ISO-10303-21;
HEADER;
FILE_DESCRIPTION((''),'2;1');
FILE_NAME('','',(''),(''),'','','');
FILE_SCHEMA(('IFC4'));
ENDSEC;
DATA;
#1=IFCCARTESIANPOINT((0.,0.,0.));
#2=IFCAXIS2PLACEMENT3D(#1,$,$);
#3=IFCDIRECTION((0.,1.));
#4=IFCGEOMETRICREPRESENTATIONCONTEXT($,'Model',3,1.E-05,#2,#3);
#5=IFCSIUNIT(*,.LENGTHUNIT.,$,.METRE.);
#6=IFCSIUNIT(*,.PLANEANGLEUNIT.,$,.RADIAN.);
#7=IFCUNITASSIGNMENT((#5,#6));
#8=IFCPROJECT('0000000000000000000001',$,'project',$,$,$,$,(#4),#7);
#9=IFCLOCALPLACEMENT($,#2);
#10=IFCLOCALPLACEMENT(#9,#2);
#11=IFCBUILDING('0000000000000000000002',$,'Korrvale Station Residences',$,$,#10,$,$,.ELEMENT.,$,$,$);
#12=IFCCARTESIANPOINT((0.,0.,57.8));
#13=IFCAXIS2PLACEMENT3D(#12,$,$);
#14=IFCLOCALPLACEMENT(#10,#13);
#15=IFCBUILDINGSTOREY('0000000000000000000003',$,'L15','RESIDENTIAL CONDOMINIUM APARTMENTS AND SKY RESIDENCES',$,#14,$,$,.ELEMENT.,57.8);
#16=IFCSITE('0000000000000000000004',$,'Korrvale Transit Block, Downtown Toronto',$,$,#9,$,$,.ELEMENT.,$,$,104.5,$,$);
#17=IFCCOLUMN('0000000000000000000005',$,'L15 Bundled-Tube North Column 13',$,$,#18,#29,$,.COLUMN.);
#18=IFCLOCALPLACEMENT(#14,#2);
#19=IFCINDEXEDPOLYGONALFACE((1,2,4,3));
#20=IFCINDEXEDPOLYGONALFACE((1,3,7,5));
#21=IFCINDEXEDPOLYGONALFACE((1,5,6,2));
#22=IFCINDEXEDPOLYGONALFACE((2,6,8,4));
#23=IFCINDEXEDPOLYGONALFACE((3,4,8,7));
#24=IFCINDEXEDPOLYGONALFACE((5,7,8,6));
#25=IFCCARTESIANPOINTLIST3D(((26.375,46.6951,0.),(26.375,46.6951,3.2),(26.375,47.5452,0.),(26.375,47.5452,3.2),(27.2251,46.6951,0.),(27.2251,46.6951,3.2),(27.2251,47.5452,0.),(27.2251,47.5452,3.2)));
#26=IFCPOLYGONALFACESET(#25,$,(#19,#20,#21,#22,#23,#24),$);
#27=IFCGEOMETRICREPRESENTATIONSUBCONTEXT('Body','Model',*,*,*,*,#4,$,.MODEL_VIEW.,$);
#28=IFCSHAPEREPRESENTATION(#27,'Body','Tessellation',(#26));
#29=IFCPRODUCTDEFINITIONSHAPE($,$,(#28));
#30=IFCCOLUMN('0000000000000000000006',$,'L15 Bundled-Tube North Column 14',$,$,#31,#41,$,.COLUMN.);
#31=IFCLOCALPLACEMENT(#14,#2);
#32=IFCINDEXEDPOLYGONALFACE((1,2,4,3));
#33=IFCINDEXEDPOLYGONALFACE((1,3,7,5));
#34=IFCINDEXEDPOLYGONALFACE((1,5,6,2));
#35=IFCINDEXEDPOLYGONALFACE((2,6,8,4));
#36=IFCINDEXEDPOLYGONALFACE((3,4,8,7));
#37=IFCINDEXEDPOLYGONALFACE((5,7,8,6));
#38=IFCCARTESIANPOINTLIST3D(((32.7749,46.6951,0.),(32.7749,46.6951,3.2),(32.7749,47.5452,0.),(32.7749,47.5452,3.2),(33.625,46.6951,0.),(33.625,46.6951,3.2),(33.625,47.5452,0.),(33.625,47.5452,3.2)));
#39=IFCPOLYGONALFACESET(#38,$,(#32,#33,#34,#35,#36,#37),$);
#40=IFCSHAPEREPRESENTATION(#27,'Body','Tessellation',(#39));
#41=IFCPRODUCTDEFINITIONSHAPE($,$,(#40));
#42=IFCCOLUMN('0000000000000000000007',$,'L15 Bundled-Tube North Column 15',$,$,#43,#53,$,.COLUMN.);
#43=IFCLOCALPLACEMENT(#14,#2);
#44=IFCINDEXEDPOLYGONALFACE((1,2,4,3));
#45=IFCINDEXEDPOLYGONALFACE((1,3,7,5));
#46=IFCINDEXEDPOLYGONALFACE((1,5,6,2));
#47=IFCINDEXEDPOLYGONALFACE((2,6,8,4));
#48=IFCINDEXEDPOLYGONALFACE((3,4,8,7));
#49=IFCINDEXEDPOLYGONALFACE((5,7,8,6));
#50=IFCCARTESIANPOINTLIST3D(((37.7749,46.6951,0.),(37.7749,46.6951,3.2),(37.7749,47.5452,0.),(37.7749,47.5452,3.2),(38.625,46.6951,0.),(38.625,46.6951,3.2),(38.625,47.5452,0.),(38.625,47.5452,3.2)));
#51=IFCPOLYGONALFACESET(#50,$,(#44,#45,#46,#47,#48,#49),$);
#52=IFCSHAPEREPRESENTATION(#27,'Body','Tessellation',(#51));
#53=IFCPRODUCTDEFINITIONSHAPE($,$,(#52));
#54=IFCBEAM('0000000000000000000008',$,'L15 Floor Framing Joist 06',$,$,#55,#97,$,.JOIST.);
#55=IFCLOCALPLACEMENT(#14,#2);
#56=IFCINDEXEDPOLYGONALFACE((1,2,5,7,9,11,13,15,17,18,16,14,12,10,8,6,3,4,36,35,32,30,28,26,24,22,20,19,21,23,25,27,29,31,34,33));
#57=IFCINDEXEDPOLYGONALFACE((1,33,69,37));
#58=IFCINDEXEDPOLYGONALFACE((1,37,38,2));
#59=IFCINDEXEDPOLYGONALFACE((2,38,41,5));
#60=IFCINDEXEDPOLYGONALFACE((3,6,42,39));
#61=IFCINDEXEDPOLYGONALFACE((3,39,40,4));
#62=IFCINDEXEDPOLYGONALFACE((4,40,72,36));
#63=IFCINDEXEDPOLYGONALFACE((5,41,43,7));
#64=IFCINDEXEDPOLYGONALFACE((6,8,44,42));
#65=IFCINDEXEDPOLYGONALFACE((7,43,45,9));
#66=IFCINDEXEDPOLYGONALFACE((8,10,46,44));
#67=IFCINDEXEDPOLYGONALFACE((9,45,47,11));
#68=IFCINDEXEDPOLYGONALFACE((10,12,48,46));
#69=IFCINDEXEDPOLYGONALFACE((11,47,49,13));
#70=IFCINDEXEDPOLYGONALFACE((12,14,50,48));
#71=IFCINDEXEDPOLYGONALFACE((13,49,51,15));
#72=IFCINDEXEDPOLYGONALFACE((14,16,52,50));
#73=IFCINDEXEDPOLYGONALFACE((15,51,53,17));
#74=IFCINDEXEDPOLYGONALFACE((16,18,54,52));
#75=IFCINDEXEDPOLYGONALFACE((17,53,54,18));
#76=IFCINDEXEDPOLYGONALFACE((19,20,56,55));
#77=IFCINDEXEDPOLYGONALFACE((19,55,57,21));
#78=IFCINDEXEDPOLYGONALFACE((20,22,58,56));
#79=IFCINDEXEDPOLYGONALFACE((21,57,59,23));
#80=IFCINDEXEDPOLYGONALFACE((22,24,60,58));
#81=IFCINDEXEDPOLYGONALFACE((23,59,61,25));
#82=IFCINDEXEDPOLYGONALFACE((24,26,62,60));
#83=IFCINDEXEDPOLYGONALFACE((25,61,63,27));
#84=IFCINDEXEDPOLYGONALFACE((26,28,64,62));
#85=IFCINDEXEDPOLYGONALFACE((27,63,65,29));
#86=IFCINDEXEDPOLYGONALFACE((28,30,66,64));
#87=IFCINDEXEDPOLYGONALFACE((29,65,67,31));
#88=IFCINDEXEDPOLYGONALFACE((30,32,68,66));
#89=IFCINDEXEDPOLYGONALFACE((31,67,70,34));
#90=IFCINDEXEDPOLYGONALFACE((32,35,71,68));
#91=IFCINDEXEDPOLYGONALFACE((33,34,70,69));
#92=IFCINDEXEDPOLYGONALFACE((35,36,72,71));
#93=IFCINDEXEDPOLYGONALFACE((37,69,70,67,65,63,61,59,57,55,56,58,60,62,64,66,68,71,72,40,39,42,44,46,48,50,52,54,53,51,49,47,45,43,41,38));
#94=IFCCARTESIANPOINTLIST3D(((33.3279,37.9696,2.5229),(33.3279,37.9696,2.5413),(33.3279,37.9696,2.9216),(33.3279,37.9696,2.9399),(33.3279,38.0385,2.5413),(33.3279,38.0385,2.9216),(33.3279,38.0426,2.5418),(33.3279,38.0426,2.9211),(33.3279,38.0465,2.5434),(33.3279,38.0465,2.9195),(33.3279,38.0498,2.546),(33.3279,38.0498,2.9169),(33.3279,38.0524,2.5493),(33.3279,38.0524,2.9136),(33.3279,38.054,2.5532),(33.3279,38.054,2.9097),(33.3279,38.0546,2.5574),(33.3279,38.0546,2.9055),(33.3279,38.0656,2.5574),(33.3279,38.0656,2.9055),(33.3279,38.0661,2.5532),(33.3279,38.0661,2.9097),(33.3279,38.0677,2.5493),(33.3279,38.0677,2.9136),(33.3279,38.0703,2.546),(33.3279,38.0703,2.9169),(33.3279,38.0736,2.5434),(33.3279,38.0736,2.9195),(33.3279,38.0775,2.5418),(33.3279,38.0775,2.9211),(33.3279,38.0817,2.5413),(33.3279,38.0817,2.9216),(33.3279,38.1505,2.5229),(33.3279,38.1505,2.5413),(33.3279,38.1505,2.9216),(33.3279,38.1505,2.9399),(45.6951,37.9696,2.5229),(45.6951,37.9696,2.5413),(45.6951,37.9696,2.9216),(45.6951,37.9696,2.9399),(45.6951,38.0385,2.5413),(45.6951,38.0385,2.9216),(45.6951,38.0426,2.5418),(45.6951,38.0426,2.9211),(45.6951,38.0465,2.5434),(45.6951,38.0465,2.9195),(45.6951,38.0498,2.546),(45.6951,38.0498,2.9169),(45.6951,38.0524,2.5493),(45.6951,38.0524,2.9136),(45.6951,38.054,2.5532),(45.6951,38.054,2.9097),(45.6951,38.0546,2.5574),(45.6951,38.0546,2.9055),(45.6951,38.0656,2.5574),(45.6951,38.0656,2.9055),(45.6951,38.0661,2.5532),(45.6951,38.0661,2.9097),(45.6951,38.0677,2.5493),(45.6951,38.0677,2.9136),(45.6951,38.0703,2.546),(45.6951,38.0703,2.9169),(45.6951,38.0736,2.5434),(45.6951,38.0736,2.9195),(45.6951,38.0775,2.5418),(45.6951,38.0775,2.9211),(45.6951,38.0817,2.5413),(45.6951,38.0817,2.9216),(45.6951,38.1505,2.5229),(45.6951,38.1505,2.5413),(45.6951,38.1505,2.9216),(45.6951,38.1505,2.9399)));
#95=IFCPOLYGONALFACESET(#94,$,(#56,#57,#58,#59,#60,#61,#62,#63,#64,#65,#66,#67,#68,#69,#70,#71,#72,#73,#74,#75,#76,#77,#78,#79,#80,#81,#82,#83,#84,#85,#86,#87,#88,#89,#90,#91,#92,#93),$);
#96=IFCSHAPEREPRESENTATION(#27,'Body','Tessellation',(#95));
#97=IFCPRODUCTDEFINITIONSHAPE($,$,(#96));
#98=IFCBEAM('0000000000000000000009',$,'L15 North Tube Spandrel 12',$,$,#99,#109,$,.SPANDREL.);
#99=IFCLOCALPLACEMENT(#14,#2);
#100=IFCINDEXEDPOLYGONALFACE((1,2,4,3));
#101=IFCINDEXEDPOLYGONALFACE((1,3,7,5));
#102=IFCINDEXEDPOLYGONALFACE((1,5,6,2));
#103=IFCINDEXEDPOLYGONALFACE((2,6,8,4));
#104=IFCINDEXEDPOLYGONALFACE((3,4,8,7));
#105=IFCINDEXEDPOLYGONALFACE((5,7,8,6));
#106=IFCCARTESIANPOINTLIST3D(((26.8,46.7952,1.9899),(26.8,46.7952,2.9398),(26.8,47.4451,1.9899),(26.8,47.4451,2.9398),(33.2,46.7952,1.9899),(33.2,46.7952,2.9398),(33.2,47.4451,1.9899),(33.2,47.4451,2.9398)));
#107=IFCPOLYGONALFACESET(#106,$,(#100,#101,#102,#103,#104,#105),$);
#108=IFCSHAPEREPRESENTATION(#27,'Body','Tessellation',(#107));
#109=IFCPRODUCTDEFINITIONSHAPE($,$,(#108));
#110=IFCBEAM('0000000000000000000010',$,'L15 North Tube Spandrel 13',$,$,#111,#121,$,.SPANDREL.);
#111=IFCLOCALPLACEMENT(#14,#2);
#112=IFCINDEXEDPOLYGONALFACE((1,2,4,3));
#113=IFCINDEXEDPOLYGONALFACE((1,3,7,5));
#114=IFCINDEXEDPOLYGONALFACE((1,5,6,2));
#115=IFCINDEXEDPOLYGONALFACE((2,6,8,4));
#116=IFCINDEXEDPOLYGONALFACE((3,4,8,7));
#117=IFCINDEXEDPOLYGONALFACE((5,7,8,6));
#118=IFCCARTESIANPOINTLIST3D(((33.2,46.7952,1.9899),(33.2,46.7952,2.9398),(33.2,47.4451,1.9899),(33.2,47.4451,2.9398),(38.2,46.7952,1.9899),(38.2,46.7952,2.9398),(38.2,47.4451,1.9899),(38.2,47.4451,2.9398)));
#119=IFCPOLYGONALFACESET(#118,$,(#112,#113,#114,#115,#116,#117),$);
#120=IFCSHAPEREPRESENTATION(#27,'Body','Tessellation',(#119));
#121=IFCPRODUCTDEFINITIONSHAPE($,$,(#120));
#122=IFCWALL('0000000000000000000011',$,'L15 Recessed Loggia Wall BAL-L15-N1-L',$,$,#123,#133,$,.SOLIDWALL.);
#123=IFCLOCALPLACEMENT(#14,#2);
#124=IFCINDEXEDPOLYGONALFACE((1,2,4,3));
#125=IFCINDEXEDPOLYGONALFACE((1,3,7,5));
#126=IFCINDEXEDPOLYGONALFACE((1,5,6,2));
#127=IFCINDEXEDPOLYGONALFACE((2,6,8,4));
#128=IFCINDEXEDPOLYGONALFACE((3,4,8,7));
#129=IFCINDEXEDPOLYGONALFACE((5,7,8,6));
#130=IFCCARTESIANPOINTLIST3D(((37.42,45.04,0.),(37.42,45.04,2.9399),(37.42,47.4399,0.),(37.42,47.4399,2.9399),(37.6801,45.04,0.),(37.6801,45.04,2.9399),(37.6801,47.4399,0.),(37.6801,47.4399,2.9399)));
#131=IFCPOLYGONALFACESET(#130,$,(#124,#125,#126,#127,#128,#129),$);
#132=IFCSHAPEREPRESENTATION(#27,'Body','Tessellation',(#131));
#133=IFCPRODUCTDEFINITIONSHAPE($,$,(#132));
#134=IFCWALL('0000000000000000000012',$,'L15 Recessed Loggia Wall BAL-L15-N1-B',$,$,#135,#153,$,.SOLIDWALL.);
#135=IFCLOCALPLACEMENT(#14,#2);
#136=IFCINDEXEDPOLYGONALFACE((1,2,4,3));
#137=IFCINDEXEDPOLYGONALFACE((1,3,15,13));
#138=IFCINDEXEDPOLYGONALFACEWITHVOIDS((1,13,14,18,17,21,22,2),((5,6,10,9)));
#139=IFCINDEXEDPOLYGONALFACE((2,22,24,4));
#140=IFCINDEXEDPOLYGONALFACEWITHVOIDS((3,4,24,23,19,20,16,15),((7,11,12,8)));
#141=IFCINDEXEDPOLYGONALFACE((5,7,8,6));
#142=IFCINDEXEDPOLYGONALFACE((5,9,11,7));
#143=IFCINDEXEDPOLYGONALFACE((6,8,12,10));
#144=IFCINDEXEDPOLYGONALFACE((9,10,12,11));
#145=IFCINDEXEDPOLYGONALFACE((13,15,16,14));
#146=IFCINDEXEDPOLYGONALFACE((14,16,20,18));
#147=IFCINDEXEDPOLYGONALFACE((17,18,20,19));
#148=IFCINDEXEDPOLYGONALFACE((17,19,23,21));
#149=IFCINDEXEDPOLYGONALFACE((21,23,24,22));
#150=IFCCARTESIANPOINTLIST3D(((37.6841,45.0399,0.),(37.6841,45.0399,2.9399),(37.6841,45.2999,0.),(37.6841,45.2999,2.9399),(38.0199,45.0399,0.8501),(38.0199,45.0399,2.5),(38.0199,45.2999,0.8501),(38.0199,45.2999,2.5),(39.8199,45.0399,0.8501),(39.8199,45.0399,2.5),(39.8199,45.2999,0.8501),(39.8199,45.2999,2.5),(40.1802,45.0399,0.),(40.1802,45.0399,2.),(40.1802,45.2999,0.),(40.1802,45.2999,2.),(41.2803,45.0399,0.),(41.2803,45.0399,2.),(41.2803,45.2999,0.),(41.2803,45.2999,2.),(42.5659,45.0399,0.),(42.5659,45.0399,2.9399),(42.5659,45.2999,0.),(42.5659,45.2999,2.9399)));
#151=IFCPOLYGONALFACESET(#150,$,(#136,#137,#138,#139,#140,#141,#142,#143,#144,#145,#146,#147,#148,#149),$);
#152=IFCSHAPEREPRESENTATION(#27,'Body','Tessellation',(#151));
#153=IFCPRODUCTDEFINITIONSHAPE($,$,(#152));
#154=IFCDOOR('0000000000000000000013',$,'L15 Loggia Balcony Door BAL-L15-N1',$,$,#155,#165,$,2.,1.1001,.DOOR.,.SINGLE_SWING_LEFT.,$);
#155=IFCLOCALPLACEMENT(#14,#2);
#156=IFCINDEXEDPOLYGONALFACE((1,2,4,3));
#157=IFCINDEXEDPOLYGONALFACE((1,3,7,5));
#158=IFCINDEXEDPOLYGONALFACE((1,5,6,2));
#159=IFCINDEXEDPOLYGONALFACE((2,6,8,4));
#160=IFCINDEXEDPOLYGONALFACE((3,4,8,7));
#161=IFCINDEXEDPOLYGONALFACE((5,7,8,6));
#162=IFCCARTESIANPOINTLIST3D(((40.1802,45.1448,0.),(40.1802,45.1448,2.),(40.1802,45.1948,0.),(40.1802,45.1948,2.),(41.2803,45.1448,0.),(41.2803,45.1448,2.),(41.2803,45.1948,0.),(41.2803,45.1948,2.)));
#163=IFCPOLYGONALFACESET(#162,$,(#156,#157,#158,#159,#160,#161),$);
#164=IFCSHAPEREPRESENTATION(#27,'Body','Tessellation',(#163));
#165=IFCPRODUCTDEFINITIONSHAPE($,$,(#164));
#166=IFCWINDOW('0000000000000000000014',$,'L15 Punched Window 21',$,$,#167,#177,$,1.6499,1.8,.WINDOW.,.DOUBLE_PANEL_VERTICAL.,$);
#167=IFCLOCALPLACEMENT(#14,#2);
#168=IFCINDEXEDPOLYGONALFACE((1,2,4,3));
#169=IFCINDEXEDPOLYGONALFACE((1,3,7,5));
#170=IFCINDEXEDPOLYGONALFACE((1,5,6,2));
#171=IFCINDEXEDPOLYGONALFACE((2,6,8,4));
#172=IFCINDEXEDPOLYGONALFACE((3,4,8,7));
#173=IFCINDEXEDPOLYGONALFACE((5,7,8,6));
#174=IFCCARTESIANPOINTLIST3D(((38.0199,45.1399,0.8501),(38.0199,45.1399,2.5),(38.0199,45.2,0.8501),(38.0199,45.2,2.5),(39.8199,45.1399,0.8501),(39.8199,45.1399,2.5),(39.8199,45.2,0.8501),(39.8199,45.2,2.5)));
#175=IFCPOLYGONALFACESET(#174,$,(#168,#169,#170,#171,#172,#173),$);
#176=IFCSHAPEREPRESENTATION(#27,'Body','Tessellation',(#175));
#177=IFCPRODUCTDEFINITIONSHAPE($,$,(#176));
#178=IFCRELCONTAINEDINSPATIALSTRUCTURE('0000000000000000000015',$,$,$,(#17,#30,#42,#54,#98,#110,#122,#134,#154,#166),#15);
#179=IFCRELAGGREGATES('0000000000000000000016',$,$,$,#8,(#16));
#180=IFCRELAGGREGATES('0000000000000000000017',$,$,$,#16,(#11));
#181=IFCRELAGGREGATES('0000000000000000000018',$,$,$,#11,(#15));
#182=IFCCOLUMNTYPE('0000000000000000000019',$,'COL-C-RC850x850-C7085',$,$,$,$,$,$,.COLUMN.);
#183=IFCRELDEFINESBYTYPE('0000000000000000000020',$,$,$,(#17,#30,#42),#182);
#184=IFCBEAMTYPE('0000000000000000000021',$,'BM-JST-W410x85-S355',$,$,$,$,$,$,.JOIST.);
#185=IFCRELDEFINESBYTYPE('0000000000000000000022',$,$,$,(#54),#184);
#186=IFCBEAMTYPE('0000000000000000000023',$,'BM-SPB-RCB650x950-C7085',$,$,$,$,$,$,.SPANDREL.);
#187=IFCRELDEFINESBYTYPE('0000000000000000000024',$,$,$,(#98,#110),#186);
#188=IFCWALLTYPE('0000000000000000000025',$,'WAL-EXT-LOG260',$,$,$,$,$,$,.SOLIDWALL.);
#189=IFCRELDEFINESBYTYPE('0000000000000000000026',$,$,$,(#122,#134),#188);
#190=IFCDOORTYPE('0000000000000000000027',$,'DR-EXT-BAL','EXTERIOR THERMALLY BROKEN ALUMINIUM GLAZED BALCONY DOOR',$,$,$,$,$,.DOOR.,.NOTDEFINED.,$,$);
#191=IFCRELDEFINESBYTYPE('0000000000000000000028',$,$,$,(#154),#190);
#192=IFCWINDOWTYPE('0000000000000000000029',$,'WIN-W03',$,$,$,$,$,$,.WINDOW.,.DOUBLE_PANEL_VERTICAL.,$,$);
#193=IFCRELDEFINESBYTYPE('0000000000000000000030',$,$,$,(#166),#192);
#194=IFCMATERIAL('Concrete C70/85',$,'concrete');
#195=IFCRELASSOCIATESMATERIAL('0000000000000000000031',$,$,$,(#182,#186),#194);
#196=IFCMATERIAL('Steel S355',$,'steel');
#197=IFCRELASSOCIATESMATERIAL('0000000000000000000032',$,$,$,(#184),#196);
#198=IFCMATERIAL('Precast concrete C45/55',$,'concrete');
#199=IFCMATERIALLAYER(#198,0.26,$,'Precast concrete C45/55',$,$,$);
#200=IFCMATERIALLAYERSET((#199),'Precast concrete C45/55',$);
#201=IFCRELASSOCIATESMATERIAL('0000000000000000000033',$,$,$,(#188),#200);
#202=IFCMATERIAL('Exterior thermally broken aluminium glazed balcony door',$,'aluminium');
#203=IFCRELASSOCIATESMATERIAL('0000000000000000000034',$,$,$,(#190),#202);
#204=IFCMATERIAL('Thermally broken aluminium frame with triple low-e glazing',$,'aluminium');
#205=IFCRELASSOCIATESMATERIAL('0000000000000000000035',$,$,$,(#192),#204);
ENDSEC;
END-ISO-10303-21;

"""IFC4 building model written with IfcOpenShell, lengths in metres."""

from ifc_helpers import new_model, si_unit, direction, frame, frame_2d, origin, origin_2d, place, context, subcontext, project, spatial, rectangle, i_section, extrude, material, layer, layer_set, material_profile, profile_set, type_object, element, fill, save


model = new_model("IFC4")

# Units and contexts
model_context = context("Model", 3, precision=1e-05, world=origin(), true_north=direction((0.0, 1.0)))
body_context = subcontext(model_context, "Body", "Model", "MODEL_VIEW")
ifc_project = project(units=[si_unit("LENGTHUNIT", "METRE"), si_unit("PLANEANGLEUNIT", "RADIAN")], contexts=[model_context])

# Site, building, storey
site_placement = place(None, origin())
site = spatial("IfcSite", under=ifc_project, at=site_placement, Name="Korrvale Transit Block, Downtown Toronto", CompositionType="ELEMENT", RefElevation=104.5)
building_placement = place(site_placement, origin())
building = spatial("IfcBuilding", under=site, at=building_placement, Name="Korrvale Station Residences", CompositionType="ELEMENT")
storey_placement = place(building_placement, frame((0.0, 0.0, 57.8)))
storey = spatial("IfcBuildingStorey", under=building, at=storey_placement, Name="L15", Description="RESIDENTIAL CONDOMINIUM APARTMENTS AND SKY RESIDENCES", CompositionType="ELEMENT", Elevation=57.8)

# Columns
ifc_material_1 = material(Name="Concrete C70/85", Category="concrete")
ifc_material_profile_1 = material_profile(ifc_material_1, rectangle(XDim=0.8501, YDim=0.8501, at=origin_2d()), Name="RC850x850")
ifc_profile_set_1 = profile_set([ifc_material_profile_1], Name="Concrete C70/85")
column_type = type_object("IfcColumnType", Name="COL-C-RC850x850-C7085", PredefinedType="COLUMN", material=ifc_profile_set_1)
for number, where, z_axis, x_axis, name in (
    (1, (26.8, 47.1201, 0.0), (0.0, 0.0, 1.0), (1.0, 0.0, 0.0), "L15 Bundled-Tube North Column 13"),
    (2, (33.2, 47.1201, 0.0), (0.0, 0.0, 1.0), (1.0, 0.0, 0.0), "L15 Bundled-Tube North Column 14"),
    (3, (38.2, 47.1201, 0.0), (0.0, 0.0, 1.0), (1.0, 0.0, 0.0), "L15 Bundled-Tube North Column 15"),
):
    element("IfcColumn", number, at=place(storey_placement, frame(where, z_axis=z_axis, x_axis=x_axis)), inside=storey, type_object=column_type, Name=name, PredefinedType="COLUMN", context=body_context, shape_type="SweptSolid", body=[
        extrude(rectangle(XDim=0.8501, YDim=0.8501, at=origin_2d()), origin(), (0.0, 0.0, 1.0), 3.2),
    ])

# Beams
ifc_material_2 = material(Name="Steel S355", Category="steel")
ifc_material_profile_2 = material_profile(ifc_material_2, i_section(OverallWidth=0.1809, OverallDepth=0.417, WebThickness=0.011, FlangeThickness=0.0183, FilletRadius=0.0161, at=origin_2d()), Name="W410x85")
ifc_profile_set_2 = profile_set([ifc_material_profile_2], Name="Steel S355")
beam_type_1 = type_object("IfcBeamType", Name="BM-JST-W410x85-S355", PredefinedType="JOIST", material=ifc_profile_set_2)
beam_1_placement = place(storey_placement, frame((33.3279, 38.0601, 2.7314), z_axis=(1.0, 0.0, 0.0), x_axis=(0.0, 1.0, 0.0)))
element("IfcBeam", 4, at=beam_1_placement, inside=storey, type_object=beam_type_1, Name="L15 Floor Framing Joist 06", PredefinedType="JOIST", context=body_context, shape_type="SweptSolid", body=[
    extrude(i_section(OverallWidth=0.1809, OverallDepth=0.417, WebThickness=0.011, FlangeThickness=0.0183, FilletRadius=0.0161, at=origin_2d()), origin(), (0.0, 0.0, 1.0), 12.3672),
])
ifc_material_profile_3 = material_profile(ifc_material_1, rectangle(XDim=0.6499, YDim=0.95, at=origin_2d()), Name="RCB650x950")
ifc_profile_set_3 = profile_set([ifc_material_profile_3], Name="Concrete C70/85")
beam_type_2 = type_object("IfcBeamType", Name="BM-SPB-RCB650x950-C7085", PredefinedType="SPANDREL", material=ifc_profile_set_3)
beam_2_placement = place(storey_placement, frame((26.8, 47.1201, 2.4648), z_axis=(1.0, 0.0, 0.0), x_axis=(0.0, 1.0, 0.0)))
element("IfcBeam", 5, at=beam_2_placement, inside=storey, type_object=beam_type_2, Name="L15 North Tube Spandrel 12", PredefinedType="SPANDREL", context=body_context, shape_type="SweptSolid", body=[
    extrude(rectangle(XDim=0.6499, YDim=0.95, at=origin_2d()), origin(), (0.0, 0.0, 1.0), 6.3999),
])
beam_3_placement = place(storey_placement, frame((33.2, 47.1201, 2.4648), z_axis=(1.0, 0.0, 0.0), x_axis=(0.0, 1.0, 0.0)))
element("IfcBeam", 6, at=beam_3_placement, inside=storey, type_object=beam_type_2, Name="L15 North Tube Spandrel 13", PredefinedType="SPANDREL", context=body_context, shape_type="SweptSolid", body=[
    extrude(rectangle(XDim=0.6499, YDim=0.95, at=origin_2d()), origin(), (0.0, 0.0, 1.0), 5.0),
])

# Wall
ifc_material_3 = material(Name="Precast concrete C45/55", Category="concrete")
ifc_layer_1 = layer(ifc_material_3, 0.26, Name="Precast concrete C45/55")
ifc_layer_set_1 = layer_set([ifc_layer_1], Name="Precast concrete C45/55")
wall_type_1 = type_object("IfcWallType", Name="WAL-EXT-LOG260", PredefinedType="SOLIDWALL", material=ifc_layer_set_1)
wall_1_placement = place(storey_placement, frame((37.55, 47.4399, 0.0), z_axis=(0.0, 0.0, 1.0), x_axis=(0.0, -1.0, 0.0)))
element("IfcWall", 7, at=wall_1_placement, inside=storey, type_object=wall_type_1, Name="L15 Recessed Loggia Wall BAL-L15-N1-L", PredefinedType="SOLIDWALL", context=body_context, shape_type="SweptSolid", body=[
    extrude(rectangle(XDim=2.3999, YDim=0.26, at=frame_2d((1.2, 0.0))), origin(), (0.0, 0.0, 1.0), 2.9399),
])

# Wall, openings, door, window
wall_2_placement = place(storey_placement, frame((37.6841, 45.1699, 0.0), z_axis=(0.0, 0.0, 1.0), x_axis=(1.0, 0.0, 0.0)))
wall_2 = element("IfcWall", 8, at=wall_2_placement, inside=storey, type_object=wall_type_1, Name="L15 Recessed Loggia Wall BAL-L15-N1-B", PredefinedType="SOLIDWALL", context=body_context, shape_type="SweptSolid", body=[
    extrude(rectangle(XDim=4.8818, YDim=0.26, at=frame_2d((2.4409, 0.0))), origin(), (0.0, 0.0, 1.0), 2.9399),
])
opening_1_placement = place(wall_2_placement, frame((2.4961, 0.0, 0.0)))
opening_1 = element("IfcOpeningElement", 9, at=opening_1_placement, cuts=wall_2, PredefinedType="OPENING", context=body_context, shape_type="SweptSolid", body=[
    extrude(rectangle(XDim=1.1001, YDim=2.0, at=frame_2d((0.55, 1.0))), frame((0.0, 0.1401, 0.0), z_axis=(0.0, -1.0, 0.0), x_axis=(1.0, 0.0, 0.0)), (0.0, 0.0, 1.0), 0.28),
])
opening_2_placement = place(wall_2_placement, frame((0.3359, 0.0, 0.8501)))
opening_2 = element("IfcOpeningElement", 10, at=opening_2_placement, cuts=wall_2, PredefinedType="OPENING", context=body_context, shape_type="SweptSolid", body=[
    extrude(rectangle(XDim=1.8, YDim=1.6499, at=frame_2d((0.8999, 0.825))), frame((0.0, 0.1401, 0.0), z_axis=(0.0, -1.0, 0.0), x_axis=(1.0, 0.0, 0.0)), (0.0, 0.0, 1.0), 0.28),
])
ifc_material_4 = material(Name="Exterior thermally broken aluminium glazed balcony door", Category="aluminium")
door_type_1 = type_object("IfcDoorType", Name="DR-EXT-BAL", Description="EXTERIOR THERMALLY BROKEN ALUMINIUM GLAZED BALCONY DOOR", OperationType="NOTDEFINED", PredefinedType="DOOR", material=ifc_material_4)
door_1_placement = place(opening_1_placement, origin())
door_1 = element("IfcDoor", 11, at=door_1_placement, inside=storey, type_object=door_type_1, Name="L15 Loggia Balcony Door BAL-L15-N1", OperationType="SINGLE_SWING_LEFT", OverallHeight=2.0, OverallWidth=1.1001, PredefinedType="DOOR", context=body_context, shape_type="SweptSolid", body=[
    extrude(rectangle(XDim=1.1001, YDim=2.0, at=frame_2d((0.55, 1.0))), frame((0.0, 0.0249, 0.0), z_axis=(0.0, -1.0, 0.0), x_axis=(1.0, 0.0, 0.0)), (0.0, 0.0, 1.0), 0.05),
])
fill(opening_1, door_1)
ifc_material_5 = material(Name="Thermally broken aluminium frame with triple low-e glazing", Category="aluminium")
window_type = type_object("IfcWindowType", Name="WIN-W03", PartitioningType="DOUBLE_PANEL_VERTICAL", PredefinedType="WINDOW", material=ifc_material_5)
window_placement = place(opening_2_placement, origin())
window = element("IfcWindow", 12, at=window_placement, inside=storey, type_object=window_type, Name="L15 Punched Window 21", OverallHeight=1.6499, OverallWidth=1.8, PartitioningType="DOUBLE_PANEL_VERTICAL", PredefinedType="WINDOW", context=body_context, shape_type="SweptSolid", body=[
    extrude(rectangle(XDim=1.8, YDim=1.6499, at=frame_2d((0.8999, 0.825))), frame((0.0, 0.03, 0.0), z_axis=(0.0, -1.0, 0.0), x_axis=(1.0, 0.0, 0.0)), (0.0, 0.0, 1.0), 0.0601),
])
fill(opening_2, window)

save(model, "model.ifc")
